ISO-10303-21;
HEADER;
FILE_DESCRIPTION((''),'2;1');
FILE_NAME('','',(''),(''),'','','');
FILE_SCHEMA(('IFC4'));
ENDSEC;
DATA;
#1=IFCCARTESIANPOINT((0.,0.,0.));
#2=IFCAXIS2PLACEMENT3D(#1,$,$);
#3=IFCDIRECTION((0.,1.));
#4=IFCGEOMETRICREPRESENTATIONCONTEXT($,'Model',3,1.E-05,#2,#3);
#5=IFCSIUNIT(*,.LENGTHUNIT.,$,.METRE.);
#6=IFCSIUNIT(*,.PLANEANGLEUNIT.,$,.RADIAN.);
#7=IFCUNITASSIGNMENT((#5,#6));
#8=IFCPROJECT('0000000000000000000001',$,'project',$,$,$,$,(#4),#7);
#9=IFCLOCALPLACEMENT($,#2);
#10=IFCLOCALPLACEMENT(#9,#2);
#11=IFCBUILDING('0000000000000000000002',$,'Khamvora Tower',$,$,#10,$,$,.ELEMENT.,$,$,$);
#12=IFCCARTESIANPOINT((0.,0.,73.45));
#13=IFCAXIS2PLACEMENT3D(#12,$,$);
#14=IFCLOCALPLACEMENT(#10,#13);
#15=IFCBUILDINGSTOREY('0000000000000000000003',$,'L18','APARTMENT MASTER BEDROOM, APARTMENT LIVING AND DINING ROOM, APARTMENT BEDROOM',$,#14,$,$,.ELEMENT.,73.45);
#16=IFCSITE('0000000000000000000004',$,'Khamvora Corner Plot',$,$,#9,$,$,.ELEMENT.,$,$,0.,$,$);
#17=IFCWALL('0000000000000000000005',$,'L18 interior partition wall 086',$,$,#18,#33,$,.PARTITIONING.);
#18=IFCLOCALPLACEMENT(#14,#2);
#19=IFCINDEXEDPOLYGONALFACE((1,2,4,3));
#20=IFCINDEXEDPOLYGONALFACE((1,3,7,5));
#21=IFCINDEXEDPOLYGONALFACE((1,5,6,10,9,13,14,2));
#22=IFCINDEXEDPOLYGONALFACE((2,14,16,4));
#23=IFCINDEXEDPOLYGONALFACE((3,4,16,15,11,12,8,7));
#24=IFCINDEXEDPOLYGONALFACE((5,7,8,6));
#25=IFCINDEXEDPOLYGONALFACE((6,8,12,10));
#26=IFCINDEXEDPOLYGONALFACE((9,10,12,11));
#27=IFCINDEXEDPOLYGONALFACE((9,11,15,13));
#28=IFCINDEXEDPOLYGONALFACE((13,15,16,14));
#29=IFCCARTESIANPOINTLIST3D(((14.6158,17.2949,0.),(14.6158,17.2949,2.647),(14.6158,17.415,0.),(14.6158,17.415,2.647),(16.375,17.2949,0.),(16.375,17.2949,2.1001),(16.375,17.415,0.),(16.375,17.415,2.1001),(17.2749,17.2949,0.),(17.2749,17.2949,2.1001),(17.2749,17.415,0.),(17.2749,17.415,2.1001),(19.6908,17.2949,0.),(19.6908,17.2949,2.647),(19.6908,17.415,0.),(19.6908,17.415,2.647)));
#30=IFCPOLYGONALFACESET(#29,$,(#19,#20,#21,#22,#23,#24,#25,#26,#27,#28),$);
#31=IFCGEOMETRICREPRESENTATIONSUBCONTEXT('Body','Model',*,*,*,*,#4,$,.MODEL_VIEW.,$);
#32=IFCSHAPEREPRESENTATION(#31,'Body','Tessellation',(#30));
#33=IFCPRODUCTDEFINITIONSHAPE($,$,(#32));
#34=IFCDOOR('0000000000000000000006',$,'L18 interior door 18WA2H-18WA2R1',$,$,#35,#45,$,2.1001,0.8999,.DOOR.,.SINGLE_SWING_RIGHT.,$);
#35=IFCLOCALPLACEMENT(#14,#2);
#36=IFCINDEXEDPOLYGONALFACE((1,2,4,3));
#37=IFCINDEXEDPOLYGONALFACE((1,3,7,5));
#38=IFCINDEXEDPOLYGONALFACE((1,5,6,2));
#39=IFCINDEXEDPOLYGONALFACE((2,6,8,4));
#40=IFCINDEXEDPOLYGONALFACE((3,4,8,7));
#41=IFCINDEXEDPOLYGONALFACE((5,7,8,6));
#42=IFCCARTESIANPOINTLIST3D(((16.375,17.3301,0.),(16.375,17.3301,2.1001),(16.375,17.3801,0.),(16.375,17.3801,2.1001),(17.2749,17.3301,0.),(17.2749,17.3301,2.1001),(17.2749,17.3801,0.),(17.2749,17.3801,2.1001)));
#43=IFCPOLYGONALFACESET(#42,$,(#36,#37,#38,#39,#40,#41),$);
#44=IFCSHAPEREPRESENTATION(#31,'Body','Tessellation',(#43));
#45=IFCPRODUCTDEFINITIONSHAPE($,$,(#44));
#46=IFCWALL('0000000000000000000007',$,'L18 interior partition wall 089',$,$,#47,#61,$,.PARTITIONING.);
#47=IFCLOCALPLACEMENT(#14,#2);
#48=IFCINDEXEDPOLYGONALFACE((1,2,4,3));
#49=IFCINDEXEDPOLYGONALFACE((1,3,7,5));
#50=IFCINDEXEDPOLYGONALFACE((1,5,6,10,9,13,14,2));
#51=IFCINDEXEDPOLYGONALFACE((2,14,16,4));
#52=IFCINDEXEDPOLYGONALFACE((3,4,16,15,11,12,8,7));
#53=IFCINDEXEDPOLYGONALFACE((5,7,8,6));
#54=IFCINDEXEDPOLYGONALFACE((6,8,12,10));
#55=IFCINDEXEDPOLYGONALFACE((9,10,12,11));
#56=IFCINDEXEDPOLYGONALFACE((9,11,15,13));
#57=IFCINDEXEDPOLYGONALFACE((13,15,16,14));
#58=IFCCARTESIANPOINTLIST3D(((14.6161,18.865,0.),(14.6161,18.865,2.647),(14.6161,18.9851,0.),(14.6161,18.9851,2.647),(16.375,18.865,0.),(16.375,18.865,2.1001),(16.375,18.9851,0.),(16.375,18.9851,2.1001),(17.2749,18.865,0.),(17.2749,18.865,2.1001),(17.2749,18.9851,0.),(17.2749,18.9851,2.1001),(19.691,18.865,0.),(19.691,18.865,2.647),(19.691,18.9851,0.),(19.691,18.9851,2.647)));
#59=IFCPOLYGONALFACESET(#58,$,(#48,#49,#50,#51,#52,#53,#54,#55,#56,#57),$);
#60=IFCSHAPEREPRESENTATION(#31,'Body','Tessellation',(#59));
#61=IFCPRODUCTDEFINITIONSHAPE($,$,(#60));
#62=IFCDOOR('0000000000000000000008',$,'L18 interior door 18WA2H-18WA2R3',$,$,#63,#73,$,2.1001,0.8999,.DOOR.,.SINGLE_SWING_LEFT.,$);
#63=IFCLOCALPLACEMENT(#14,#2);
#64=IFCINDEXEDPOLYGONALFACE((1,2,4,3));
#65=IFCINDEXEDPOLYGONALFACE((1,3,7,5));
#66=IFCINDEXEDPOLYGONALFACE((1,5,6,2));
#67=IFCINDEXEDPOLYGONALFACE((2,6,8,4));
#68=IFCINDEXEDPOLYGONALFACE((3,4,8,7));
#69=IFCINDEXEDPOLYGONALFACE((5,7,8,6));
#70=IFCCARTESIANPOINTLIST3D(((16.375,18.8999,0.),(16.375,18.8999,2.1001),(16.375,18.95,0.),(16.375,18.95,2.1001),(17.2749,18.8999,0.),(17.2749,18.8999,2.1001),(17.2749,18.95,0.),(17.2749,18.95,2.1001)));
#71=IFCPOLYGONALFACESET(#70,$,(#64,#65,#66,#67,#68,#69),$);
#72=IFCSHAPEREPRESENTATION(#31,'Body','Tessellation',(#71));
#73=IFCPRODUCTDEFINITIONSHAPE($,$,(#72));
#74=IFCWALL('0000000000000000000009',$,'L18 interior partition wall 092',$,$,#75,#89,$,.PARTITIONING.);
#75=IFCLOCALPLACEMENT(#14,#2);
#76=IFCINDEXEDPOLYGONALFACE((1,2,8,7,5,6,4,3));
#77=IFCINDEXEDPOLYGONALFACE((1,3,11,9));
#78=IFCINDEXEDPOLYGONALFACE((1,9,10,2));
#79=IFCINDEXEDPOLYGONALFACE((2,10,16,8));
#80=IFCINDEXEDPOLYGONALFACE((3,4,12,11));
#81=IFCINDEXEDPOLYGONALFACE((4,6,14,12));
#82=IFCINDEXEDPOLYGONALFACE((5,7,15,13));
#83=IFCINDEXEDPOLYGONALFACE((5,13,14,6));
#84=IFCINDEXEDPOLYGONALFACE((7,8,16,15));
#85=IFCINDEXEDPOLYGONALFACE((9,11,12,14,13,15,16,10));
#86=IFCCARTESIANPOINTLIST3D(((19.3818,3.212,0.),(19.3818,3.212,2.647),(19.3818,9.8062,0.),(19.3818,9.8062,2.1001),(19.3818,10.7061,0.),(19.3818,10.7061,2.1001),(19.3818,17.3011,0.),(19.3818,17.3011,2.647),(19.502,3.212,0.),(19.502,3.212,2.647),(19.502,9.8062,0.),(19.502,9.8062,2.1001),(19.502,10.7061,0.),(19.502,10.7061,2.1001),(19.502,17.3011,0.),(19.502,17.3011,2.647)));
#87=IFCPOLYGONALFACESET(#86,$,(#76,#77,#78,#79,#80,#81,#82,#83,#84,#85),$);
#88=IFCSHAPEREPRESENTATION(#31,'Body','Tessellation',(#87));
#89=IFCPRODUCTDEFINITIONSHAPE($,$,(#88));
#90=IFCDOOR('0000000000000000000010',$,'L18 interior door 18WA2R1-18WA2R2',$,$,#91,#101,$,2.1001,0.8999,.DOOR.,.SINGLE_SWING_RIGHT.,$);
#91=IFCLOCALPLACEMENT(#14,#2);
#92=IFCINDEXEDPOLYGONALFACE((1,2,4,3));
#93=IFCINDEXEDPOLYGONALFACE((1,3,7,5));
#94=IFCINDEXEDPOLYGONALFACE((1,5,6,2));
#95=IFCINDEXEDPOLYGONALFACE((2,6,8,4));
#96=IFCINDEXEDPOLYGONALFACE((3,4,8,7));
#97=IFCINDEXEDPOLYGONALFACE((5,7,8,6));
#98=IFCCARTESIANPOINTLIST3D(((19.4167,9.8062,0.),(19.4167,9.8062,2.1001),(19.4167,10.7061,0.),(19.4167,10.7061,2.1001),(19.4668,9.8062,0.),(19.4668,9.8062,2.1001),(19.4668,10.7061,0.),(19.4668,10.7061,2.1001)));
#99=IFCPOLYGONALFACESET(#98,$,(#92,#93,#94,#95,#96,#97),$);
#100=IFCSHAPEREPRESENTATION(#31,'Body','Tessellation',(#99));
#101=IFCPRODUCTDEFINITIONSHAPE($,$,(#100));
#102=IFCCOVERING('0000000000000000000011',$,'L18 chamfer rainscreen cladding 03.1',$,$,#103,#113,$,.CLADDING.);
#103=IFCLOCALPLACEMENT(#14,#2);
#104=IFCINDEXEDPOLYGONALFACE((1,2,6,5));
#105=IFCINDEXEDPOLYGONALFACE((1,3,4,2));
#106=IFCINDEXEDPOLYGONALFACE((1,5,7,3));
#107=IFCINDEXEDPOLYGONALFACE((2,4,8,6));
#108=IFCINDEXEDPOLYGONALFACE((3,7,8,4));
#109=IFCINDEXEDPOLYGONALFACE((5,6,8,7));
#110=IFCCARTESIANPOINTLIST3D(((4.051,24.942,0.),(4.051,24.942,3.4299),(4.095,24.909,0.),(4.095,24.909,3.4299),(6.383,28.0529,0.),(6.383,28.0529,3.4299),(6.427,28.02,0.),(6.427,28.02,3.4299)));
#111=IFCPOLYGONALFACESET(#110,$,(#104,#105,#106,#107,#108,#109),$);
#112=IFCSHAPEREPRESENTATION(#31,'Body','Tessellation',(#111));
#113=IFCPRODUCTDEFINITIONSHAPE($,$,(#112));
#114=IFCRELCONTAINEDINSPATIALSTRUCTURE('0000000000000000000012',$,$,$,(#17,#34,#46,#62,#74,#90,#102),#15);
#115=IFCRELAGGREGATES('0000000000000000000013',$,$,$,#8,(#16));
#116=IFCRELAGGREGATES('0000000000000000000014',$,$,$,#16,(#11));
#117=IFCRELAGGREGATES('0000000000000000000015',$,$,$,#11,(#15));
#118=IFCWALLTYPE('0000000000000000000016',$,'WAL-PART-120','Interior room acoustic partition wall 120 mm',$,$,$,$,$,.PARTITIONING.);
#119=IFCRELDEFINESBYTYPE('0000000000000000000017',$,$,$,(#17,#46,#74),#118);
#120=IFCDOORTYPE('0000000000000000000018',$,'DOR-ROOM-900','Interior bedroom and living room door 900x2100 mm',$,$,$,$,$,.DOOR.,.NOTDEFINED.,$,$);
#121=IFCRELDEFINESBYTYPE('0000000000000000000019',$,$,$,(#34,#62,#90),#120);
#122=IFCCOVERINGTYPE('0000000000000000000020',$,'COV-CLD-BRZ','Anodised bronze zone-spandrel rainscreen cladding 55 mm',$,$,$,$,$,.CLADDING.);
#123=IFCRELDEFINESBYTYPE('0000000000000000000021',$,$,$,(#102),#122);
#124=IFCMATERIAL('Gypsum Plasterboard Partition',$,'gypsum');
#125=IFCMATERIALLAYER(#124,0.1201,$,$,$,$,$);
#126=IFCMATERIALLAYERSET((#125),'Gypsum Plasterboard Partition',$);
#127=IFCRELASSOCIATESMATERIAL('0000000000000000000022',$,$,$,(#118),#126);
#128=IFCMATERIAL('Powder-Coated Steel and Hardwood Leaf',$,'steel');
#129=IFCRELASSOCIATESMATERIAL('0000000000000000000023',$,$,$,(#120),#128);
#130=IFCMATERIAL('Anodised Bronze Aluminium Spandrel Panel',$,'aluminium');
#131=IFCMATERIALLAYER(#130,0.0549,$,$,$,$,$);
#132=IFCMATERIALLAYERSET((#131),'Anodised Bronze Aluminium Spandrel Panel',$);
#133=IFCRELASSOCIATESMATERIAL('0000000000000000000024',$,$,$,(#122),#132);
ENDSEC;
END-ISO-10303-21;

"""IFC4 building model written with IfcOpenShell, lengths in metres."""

from ifc_helpers import new_model, si_unit, direction, frame, frame_2d, origin, origin_2d, place, context, subcontext, project, spatial, rectangle, extrude, material, layer, layer_set, type_object, element, fill, save


model = new_model("IFC4")

# Units and contexts
model_context = context("Model", 3, precision=1e-05, world=origin(), true_north=direction((0.0, 1.0)))
body_context = subcontext(model_context, "Body", "Model", "MODEL_VIEW")
ifc_project = project(units=[si_unit("LENGTHUNIT", "METRE"), si_unit("PLANEANGLEUNIT", "RADIAN")], contexts=[model_context])

# Site, building, storey
site_placement = place(None, origin())
site = spatial("IfcSite", under=ifc_project, at=site_placement, Name="Khamvora Corner Plot", CompositionType="ELEMENT", RefElevation=0.0)
building_placement = place(site_placement, origin())
building = spatial("IfcBuilding", under=site, at=building_placement, Name="Khamvora Tower", CompositionType="ELEMENT")
storey_placement = place(building_placement, frame((0.0, 0.0, 73.45)))
storey = spatial("IfcBuildingStorey", under=building, at=storey_placement, Name="L18", Description="APARTMENT MASTER BEDROOM, APARTMENT LIVING AND DINING ROOM, APARTMENT BEDROOM", CompositionType="ELEMENT", Elevation=73.45)

# Shared definitions
ifc_material_1 = material(Name="Gypsum Plasterboard Partition", Category="gypsum")
ifc_layer_1 = layer(ifc_material_1, 0.1201)
ifc_layer_set_1 = layer_set([ifc_layer_1], Name="Gypsum Plasterboard Partition")
wall_type_1 = type_object("IfcWallType", Name="WAL-PART-120", Description="Interior room acoustic partition wall 120 mm", PredefinedType="PARTITIONING", material=ifc_layer_set_1)
ifc_material_2 = material(Name="Powder-Coated Steel and Hardwood Leaf", Category="steel")
door_type = type_object("IfcDoorType", Name="DOR-ROOM-900", Description="Interior bedroom and living room door 900x2100 mm", OperationType="NOTDEFINED", PredefinedType="DOOR", material=ifc_material_2)

# Walls, openings, doors
wall_1_placement = place(storey_placement, frame((19.6909, 17.355, 0.0), z_axis=(0.0, 0.0, 1.0), x_axis=(-1.0, 0.0, 0.0)))
wall_1 = element("IfcWall", 1, at=wall_1_placement, inside=storey, type_object=wall_type_1, Name="L18 interior partition wall 086", PredefinedType="PARTITIONING", context=body_context, shape_type="SweptSolid", body=[
    extrude(rectangle(XDim=5.075, YDim=0.1201, at=frame_2d((2.5376, 0.0))), origin(), (0.0, 0.0, 1.0), 2.647),
])
opening_1_placement = place(wall_1_placement, frame((2.416, 0.0, 0.0)))
opening_1 = element("IfcOpeningElement", 2, at=opening_1_placement, cuts=wall_1, PredefinedType="OPENING", context=body_context, shape_type="SweptSolid", body=[
    extrude(rectangle(XDim=0.8999, YDim=2.1001, at=frame_2d((0.45, 1.05))), frame((0.0, 0.0701, 0.0), z_axis=(0.0, -1.0, 0.0), x_axis=(1.0, 0.0, 0.0)), (0.0, 0.0, 1.0), 0.1401),
])
door_1_placement = place(opening_1_placement, origin())
door_1 = element("IfcDoor", 3, at=door_1_placement, inside=storey, type_object=door_type, Name="L18 interior door 18WA2H-18WA2R1", OperationType="SINGLE_SWING_RIGHT", OverallHeight=2.1001, OverallWidth=0.8999, PredefinedType="DOOR", context=body_context, shape_type="SweptSolid", body=[
    extrude(rectangle(XDim=0.8999, YDim=2.1001, at=frame_2d((0.45, 1.05))), frame((0.0, 0.0249, 0.0), z_axis=(0.0, -1.0, 0.0), x_axis=(1.0, 0.0, 0.0)), (0.0, 0.0, 1.0), 0.05),
])
fill(opening_1, door_1)
wall_2_placement = place(storey_placement, frame((14.616, 18.925, 0.0), z_axis=(0.0, 0.0, 1.0), x_axis=(1.0, 0.0, 0.0)))
wall_2 = element("IfcWall", 4, at=wall_2_placement, inside=storey, type_object=wall_type_1, Name="L18 interior partition wall 089", PredefinedType="PARTITIONING", context=body_context, shape_type="SweptSolid", body=[
    extrude(rectangle(XDim=5.075, YDim=0.1201, at=frame_2d((2.5376, 0.0))), origin(), (0.0, 0.0, 1.0), 2.647),
])
opening_2_placement = place(wall_2_placement, frame((1.759, 0.0, 0.0)))
opening_2 = element("IfcOpeningElement", 5, at=opening_2_placement, cuts=wall_2, PredefinedType="OPENING", context=body_context, shape_type="SweptSolid", body=[
    extrude(rectangle(XDim=0.8999, YDim=2.1001, at=frame_2d((0.45, 1.05))), frame((0.0, 0.0701, 0.0), z_axis=(0.0, -1.0, 0.0), x_axis=(1.0, 0.0, 0.0)), (0.0, 0.0, 1.0), 0.1401),
])
door_2_placement = place(opening_2_placement, origin())
door_2 = element("IfcDoor", 6, at=door_2_placement, inside=storey, type_object=door_type, Name="L18 interior door 18WA2H-18WA2R3", OperationType="SINGLE_SWING_LEFT", OverallHeight=2.1001, OverallWidth=0.8999, PredefinedType="DOOR", context=body_context, shape_type="SweptSolid", body=[
    extrude(rectangle(XDim=0.8999, YDim=2.1001, at=frame_2d((0.45, 1.05))), frame((0.0, 0.0249, 0.0), z_axis=(0.0, -1.0, 0.0), x_axis=(1.0, 0.0, 0.0)), (0.0, 0.0, 1.0), 0.05),
])
fill(opening_2, door_2)
wall_3_placement = place(storey_placement, frame((19.4419, 17.301, 0.0), z_axis=(0.0, 0.0, 1.0), x_axis=(0.0, -1.0, 0.0)))
wall_3 = element("IfcWall", 7, at=wall_3_placement, inside=storey, type_object=wall_type_1, Name="L18 interior partition wall 092", PredefinedType="PARTITIONING", context=body_context, shape_type="SweptSolid", body=[
    extrude(rectangle(XDim=14.0891, YDim=0.1201, at=frame_2d((7.0444, 0.0))), origin(), (0.0, 0.0, 1.0), 2.647),
])
opening_3_placement = place(wall_3_placement, frame((6.595, 0.0, 0.0)))
opening_3 = element("IfcOpeningElement", 8, at=opening_3_placement, cuts=wall_3, PredefinedType="OPENING", context=body_context, shape_type="SweptSolid", body=[
    extrude(rectangle(XDim=0.8999, YDim=2.1001, at=frame_2d((0.45, 1.05))), frame((0.0, 0.0701, 0.0), z_axis=(0.0, -1.0, 0.0), x_axis=(1.0, 0.0, 0.0)), (0.0, 0.0, 1.0), 0.1401),
])
door_3_placement = place(opening_3_placement, origin())
door_3 = element("IfcDoor", 9, at=door_3_placement, inside=storey, type_object=door_type, Name="L18 interior door 18WA2R1-18WA2R2", OperationType="SINGLE_SWING_RIGHT", OverallHeight=2.1001, OverallWidth=0.8999, PredefinedType="DOOR", context=body_context, shape_type="SweptSolid", body=[
    extrude(rectangle(XDim=0.8999, YDim=2.1001, at=frame_2d((0.45, 1.05))), frame((0.0, 0.0249, 0.0), z_axis=(0.0, -1.0, 0.0), x_axis=(1.0, 0.0, 0.0)), (0.0, 0.0, 1.0), 0.05),
])
fill(opening_3, door_3)

# Covering
ifc_material_3 = material(Name="Anodised Bronze Aluminium Spandrel Panel", Category="aluminium")
ifc_layer_2 = layer(ifc_material_3, 0.0549)
ifc_layer_set_2 = layer_set([ifc_layer_2], Name="Anodised Bronze Aluminium Spandrel Panel")
covering_type = type_object("IfcCoveringType", Name="COV-CLD-BRZ", Description="Anodised bronze zone-spandrel rainscreen cladding 55 mm", PredefinedType="CLADDING", material=ifc_layer_set_2)
covering_placement = place(storey_placement, frame((5.239, 26.481, 0.0), z_axis=(0.0, 0.0, 1.0), x_axis=(0.599799, 0.80015, 0.0)))
element("IfcCovering", 10, at=covering_placement, inside=storey, type_object=covering_type, Name="L18 chamfer rainscreen cladding 03.1", PredefinedType="CLADDING", context=body_context, shape_type="SweptSolid", body=[
    extrude(rectangle(XDim=3.8879, YDim=0.0549, at=origin_2d()), origin(), (0.0, 0.0, 1.0), 3.4299),
])

save(model, "model.ifc")
